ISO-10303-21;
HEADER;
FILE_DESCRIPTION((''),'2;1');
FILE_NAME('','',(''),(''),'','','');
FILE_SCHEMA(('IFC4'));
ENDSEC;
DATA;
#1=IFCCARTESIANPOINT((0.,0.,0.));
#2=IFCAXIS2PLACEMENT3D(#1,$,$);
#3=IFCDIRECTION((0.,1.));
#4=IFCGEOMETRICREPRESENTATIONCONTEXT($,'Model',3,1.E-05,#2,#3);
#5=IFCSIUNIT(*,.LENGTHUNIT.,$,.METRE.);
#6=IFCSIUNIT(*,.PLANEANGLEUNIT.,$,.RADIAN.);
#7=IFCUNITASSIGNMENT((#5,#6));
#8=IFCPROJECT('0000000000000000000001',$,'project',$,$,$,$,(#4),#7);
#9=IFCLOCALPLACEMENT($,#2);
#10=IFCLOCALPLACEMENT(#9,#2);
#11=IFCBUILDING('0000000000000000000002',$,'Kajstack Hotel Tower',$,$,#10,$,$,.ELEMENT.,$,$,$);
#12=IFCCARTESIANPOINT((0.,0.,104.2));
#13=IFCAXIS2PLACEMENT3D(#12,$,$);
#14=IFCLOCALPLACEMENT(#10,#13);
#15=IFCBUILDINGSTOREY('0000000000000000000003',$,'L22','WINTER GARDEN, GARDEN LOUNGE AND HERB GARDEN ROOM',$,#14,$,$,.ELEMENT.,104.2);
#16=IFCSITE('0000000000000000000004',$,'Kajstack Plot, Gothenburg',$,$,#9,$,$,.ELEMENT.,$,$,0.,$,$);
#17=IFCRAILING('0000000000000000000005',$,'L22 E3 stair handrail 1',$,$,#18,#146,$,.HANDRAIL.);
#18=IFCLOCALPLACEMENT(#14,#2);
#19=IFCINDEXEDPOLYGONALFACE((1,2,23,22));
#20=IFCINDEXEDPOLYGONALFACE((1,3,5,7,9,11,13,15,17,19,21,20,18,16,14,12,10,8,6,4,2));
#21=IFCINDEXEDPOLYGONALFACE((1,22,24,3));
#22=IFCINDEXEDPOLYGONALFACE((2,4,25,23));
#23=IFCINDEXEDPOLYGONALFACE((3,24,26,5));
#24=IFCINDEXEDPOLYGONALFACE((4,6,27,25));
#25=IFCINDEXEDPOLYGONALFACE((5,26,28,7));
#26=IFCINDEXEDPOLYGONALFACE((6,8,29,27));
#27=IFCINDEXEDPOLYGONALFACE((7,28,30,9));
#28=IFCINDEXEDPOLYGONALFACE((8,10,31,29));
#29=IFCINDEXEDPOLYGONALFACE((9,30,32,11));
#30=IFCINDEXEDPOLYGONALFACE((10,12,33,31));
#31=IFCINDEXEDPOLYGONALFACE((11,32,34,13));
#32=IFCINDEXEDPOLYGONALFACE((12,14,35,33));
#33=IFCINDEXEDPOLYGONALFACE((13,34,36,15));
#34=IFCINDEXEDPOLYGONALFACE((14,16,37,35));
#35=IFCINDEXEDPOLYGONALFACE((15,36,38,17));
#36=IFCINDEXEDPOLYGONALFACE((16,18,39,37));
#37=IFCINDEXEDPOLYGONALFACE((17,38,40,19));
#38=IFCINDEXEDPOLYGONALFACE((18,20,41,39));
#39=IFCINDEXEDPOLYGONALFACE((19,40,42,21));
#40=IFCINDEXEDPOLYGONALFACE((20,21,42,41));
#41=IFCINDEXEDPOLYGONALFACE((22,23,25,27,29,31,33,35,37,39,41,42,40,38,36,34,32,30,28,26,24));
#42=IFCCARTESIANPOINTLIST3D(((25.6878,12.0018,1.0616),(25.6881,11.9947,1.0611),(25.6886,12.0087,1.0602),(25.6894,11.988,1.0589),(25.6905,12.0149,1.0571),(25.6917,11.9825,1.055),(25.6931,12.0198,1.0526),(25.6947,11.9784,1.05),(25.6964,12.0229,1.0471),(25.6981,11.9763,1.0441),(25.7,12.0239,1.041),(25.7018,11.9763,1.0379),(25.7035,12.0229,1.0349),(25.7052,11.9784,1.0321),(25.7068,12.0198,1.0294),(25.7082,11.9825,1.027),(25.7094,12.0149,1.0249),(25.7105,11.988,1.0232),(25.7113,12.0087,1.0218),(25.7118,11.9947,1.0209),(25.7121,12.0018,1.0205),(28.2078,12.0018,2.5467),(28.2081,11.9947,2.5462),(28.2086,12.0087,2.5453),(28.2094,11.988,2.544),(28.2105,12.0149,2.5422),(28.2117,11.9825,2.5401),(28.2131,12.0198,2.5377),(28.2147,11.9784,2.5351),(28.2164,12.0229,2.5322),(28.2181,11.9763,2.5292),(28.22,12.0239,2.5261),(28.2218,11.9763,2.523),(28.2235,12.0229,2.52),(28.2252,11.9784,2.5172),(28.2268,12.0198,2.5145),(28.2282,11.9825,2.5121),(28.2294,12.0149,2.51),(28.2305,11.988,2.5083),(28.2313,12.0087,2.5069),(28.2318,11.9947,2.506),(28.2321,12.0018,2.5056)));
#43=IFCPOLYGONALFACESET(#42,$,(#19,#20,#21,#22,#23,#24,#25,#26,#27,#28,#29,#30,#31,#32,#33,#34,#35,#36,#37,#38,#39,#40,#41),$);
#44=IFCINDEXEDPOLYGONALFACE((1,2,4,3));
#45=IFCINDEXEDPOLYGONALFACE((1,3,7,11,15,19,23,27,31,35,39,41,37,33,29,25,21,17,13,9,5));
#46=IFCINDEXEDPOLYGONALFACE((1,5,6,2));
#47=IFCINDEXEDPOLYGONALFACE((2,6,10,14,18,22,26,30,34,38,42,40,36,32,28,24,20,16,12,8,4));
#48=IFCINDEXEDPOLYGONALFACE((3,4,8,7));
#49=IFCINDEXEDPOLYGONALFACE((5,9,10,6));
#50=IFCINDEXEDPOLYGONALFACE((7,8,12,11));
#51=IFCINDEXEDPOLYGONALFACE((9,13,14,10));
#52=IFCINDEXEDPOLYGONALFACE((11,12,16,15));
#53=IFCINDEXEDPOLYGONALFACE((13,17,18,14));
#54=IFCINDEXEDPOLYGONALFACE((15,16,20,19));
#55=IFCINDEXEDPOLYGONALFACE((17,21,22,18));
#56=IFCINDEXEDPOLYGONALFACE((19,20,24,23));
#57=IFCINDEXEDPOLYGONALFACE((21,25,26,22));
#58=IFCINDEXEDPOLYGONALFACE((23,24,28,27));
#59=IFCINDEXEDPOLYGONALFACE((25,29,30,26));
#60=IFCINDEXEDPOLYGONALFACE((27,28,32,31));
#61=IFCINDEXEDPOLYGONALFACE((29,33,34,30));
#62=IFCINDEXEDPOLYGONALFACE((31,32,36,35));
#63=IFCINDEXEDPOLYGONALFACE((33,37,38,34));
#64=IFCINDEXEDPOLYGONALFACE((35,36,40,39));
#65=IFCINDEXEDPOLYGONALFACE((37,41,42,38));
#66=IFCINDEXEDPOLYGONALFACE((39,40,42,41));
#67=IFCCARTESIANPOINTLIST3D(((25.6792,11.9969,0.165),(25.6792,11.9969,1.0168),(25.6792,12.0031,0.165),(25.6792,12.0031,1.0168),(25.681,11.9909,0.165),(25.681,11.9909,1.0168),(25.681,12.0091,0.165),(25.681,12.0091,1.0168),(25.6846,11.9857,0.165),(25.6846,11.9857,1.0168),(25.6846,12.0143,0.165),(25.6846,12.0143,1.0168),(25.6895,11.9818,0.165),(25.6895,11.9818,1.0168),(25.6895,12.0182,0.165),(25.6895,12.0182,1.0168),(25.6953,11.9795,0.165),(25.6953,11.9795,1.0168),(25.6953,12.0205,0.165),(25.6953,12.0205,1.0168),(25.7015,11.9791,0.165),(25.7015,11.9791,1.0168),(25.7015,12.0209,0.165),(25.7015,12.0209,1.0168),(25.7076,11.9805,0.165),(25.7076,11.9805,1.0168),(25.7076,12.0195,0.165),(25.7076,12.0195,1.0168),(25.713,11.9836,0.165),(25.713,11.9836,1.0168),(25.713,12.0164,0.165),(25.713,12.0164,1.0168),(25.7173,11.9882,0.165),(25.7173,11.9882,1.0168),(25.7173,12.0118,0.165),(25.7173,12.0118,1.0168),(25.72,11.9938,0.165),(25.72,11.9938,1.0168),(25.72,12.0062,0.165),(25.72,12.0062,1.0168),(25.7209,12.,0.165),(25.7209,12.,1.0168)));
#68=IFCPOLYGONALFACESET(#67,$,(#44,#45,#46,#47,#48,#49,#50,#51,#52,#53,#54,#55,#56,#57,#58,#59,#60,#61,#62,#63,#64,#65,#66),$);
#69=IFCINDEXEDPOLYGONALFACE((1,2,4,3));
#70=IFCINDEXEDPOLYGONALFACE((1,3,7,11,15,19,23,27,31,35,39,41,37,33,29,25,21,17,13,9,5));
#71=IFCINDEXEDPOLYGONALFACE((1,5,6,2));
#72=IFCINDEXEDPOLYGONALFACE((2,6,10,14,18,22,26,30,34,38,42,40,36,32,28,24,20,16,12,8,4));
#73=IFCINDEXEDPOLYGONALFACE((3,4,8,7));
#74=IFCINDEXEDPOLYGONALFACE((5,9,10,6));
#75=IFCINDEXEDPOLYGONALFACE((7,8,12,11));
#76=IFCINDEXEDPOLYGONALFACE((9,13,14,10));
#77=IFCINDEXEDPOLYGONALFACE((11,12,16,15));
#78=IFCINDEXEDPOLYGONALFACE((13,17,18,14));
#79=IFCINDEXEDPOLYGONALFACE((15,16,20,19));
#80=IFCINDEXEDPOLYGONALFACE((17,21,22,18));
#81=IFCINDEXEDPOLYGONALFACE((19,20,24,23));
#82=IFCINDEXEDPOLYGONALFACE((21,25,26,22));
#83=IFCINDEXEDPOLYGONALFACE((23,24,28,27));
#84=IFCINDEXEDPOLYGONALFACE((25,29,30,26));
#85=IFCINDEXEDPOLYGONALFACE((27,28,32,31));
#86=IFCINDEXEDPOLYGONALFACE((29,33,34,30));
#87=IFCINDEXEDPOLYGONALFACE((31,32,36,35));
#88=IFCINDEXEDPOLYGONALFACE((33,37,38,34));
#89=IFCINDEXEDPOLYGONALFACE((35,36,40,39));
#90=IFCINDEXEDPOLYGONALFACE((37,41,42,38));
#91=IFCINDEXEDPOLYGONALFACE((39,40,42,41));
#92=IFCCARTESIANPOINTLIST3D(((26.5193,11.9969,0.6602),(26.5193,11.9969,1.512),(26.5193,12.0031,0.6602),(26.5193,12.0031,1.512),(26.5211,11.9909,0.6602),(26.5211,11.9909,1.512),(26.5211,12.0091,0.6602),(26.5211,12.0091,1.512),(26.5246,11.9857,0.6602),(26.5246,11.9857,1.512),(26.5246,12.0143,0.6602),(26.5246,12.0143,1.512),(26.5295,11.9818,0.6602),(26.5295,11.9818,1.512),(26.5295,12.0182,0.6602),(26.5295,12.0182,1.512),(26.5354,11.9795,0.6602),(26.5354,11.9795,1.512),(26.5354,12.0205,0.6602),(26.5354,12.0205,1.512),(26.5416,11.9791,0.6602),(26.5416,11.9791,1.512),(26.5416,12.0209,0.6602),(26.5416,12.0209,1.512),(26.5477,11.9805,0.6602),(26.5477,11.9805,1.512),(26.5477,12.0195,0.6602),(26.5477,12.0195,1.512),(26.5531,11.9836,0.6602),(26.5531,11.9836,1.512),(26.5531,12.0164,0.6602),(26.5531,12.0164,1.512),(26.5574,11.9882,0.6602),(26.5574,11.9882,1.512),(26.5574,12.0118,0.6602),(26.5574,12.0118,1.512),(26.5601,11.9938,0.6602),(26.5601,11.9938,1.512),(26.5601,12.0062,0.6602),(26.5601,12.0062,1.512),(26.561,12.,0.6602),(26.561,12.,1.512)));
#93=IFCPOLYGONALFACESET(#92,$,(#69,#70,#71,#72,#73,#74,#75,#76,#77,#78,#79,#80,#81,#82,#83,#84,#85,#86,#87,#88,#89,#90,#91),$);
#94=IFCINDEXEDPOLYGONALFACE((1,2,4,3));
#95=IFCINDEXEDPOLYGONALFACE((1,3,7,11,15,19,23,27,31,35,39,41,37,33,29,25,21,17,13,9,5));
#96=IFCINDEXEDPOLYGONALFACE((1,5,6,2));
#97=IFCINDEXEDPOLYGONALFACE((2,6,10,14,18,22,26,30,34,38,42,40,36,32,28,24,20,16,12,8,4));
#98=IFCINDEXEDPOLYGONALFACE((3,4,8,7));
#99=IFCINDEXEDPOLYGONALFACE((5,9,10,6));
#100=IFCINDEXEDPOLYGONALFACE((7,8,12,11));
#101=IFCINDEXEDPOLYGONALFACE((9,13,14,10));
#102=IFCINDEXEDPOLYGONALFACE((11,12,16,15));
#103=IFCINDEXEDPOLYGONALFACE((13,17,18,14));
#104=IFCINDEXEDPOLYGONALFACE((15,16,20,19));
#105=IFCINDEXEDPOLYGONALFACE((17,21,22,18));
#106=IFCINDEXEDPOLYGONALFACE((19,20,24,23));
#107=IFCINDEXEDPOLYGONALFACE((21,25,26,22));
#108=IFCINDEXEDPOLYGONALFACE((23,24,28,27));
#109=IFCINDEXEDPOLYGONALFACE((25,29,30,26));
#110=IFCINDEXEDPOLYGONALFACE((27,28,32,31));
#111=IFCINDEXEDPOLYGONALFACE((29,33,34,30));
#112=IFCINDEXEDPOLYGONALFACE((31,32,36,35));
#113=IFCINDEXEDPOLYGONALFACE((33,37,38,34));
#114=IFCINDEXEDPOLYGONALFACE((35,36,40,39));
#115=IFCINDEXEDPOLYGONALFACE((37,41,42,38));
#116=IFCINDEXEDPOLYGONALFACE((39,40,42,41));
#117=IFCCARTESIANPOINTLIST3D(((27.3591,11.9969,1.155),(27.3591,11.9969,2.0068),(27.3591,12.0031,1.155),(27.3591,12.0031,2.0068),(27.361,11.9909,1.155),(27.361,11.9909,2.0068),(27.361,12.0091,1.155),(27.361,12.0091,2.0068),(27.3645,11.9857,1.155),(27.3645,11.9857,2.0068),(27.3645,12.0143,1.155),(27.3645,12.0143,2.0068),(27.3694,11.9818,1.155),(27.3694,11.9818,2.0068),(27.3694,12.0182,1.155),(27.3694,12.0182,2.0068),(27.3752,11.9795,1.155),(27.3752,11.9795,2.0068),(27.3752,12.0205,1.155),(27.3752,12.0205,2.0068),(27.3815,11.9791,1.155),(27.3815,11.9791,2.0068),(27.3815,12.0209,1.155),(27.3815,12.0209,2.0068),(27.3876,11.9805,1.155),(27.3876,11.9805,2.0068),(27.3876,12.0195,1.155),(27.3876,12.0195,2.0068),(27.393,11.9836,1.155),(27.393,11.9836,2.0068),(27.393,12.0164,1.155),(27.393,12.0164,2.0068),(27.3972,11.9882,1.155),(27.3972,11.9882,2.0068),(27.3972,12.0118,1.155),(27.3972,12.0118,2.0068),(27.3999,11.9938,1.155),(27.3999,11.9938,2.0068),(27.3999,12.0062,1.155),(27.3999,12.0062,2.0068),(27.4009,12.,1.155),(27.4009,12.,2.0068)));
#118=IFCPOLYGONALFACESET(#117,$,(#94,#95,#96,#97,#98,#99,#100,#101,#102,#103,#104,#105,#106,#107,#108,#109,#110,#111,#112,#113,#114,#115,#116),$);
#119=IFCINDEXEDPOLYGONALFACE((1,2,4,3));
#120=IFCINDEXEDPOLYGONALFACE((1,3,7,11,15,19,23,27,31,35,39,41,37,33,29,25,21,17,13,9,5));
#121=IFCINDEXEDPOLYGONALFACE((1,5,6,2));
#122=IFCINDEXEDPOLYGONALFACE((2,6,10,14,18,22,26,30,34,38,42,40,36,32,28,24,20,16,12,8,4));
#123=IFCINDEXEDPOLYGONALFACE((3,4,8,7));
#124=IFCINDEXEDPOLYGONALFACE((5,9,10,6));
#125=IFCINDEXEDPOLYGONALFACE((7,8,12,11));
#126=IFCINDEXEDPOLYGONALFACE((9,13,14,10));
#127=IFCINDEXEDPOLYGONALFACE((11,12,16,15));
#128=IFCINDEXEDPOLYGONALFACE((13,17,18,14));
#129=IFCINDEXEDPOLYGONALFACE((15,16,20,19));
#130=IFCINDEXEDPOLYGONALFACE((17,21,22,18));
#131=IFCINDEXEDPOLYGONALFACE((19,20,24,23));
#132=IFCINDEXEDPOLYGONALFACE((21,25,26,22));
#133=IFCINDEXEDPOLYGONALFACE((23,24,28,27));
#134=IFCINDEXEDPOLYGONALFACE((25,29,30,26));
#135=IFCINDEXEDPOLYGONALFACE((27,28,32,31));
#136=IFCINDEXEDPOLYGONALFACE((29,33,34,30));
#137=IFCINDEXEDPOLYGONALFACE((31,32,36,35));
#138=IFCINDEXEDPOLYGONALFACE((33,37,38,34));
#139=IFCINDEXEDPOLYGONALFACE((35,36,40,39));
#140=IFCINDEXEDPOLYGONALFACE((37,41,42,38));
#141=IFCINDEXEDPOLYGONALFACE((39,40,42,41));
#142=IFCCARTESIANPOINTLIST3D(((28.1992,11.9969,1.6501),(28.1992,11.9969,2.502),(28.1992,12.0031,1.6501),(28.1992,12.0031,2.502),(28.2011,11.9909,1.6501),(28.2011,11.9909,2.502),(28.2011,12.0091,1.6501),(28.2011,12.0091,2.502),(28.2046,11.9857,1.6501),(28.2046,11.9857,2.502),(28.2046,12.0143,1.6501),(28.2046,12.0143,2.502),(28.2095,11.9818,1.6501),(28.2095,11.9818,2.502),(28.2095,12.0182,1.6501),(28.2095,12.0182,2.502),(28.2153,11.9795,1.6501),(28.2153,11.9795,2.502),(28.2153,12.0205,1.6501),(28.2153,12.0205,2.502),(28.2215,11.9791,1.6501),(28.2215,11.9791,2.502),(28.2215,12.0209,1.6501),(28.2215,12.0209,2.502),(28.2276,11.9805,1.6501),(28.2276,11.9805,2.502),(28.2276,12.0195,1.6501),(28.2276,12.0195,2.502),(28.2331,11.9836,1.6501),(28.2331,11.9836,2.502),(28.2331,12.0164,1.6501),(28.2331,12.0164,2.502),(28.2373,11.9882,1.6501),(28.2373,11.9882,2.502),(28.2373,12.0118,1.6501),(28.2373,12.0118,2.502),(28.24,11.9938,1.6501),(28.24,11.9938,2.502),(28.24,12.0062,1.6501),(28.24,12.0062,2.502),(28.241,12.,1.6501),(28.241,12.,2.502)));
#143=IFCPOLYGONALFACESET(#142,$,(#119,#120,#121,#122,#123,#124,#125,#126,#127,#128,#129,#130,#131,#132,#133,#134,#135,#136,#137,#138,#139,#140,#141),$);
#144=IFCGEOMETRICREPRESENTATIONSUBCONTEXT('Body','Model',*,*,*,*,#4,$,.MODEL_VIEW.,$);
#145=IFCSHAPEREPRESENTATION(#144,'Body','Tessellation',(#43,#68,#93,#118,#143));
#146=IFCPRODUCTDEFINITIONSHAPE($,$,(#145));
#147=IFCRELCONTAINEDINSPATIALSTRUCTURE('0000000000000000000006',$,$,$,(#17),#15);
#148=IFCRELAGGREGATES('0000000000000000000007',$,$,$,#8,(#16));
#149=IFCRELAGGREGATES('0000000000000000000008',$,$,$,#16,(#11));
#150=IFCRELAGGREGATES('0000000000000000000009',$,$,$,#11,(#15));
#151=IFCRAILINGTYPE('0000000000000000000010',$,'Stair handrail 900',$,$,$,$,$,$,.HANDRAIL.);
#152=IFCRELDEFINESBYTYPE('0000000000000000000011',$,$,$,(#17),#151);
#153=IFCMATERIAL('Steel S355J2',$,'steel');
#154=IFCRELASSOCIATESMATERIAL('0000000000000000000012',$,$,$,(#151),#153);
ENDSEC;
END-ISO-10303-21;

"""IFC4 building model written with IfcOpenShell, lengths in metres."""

from ifc_helpers import new_model, si_unit, direction, frame, origin, origin_2d, place, context, subcontext, project, spatial, circle, extrude, material, type_object, element, save


model = new_model("IFC4")

# Units and contexts
model_context = context("Model", 3, precision=1e-05, world=origin(), true_north=direction((0.0, 1.0)))
body_context = subcontext(model_context, "Body", "Model", "MODEL_VIEW")
ifc_project = project(units=[si_unit("LENGTHUNIT", "METRE"), si_unit("PLANEANGLEUNIT", "RADIAN")], contexts=[model_context])

# Site, building, storey
site_placement = place(None, origin())
site = spatial("IfcSite", under=ifc_project, at=site_placement, Name="Kajstack Plot, Gothenburg", CompositionType="ELEMENT", RefElevation=0.0)
building_placement = place(site_placement, origin())
building = spatial("IfcBuilding", under=site, at=building_placement, Name="Kajstack Hotel Tower", CompositionType="ELEMENT")
storey_placement = place(building_placement, frame((0.0, 0.0, 104.2)))
storey = spatial("IfcBuildingStorey", under=building, at=storey_placement, Name="L22", Description="WINTER GARDEN, GARDEN LOUNGE AND HERB GARDEN ROOM", CompositionType="ELEMENT", Elevation=104.2)

# Railing
ifc_material_1 = material(Name="Steel S355J2", Category="steel")
railing_type_1 = type_object("IfcRailingType", Name="Stair handrail 900", PredefinedType="HANDRAIL", material=ifc_material_1)
railing_1_placement = place(storey_placement, frame((25.7, 12.0, 0.165)))
element("IfcRailing", 1, at=railing_1_placement, inside=storey, type_object=railing_type_1, Name="L22 E3 stair handrail 1", PredefinedType="HANDRAIL", context=body_context, shape_type="SweptSolid", body=[
    extrude(circle(Radius=0.0239, at=origin_2d()), frame((0.0, 0.0, 0.876), z_axis=(0.861524, 0.0, 0.507717), x_axis=(0.0, 1.0, 0.0)), (0.0, 0.0, 1.0), 2.925),
    extrude(circle(Radius=0.021, at=origin_2d()), origin(), (0.0, 0.0, 1.0), 0.8518),
    extrude(circle(Radius=0.021, at=origin_2d()), frame((0.8401, 0.0, 0.4951)), (0.0, 0.0, 1.0), 0.8518),
    extrude(circle(Radius=0.021, at=origin_2d()), frame((1.6799, 0.0, 0.99)), (0.0, 0.0, 1.0), 0.8518),
    extrude(circle(Radius=0.021, at=origin_2d()), frame((2.52, 0.0, 1.4851)), (0.0, 0.0, 1.0), 0.8518),
])

save(model, "model.ifc")
